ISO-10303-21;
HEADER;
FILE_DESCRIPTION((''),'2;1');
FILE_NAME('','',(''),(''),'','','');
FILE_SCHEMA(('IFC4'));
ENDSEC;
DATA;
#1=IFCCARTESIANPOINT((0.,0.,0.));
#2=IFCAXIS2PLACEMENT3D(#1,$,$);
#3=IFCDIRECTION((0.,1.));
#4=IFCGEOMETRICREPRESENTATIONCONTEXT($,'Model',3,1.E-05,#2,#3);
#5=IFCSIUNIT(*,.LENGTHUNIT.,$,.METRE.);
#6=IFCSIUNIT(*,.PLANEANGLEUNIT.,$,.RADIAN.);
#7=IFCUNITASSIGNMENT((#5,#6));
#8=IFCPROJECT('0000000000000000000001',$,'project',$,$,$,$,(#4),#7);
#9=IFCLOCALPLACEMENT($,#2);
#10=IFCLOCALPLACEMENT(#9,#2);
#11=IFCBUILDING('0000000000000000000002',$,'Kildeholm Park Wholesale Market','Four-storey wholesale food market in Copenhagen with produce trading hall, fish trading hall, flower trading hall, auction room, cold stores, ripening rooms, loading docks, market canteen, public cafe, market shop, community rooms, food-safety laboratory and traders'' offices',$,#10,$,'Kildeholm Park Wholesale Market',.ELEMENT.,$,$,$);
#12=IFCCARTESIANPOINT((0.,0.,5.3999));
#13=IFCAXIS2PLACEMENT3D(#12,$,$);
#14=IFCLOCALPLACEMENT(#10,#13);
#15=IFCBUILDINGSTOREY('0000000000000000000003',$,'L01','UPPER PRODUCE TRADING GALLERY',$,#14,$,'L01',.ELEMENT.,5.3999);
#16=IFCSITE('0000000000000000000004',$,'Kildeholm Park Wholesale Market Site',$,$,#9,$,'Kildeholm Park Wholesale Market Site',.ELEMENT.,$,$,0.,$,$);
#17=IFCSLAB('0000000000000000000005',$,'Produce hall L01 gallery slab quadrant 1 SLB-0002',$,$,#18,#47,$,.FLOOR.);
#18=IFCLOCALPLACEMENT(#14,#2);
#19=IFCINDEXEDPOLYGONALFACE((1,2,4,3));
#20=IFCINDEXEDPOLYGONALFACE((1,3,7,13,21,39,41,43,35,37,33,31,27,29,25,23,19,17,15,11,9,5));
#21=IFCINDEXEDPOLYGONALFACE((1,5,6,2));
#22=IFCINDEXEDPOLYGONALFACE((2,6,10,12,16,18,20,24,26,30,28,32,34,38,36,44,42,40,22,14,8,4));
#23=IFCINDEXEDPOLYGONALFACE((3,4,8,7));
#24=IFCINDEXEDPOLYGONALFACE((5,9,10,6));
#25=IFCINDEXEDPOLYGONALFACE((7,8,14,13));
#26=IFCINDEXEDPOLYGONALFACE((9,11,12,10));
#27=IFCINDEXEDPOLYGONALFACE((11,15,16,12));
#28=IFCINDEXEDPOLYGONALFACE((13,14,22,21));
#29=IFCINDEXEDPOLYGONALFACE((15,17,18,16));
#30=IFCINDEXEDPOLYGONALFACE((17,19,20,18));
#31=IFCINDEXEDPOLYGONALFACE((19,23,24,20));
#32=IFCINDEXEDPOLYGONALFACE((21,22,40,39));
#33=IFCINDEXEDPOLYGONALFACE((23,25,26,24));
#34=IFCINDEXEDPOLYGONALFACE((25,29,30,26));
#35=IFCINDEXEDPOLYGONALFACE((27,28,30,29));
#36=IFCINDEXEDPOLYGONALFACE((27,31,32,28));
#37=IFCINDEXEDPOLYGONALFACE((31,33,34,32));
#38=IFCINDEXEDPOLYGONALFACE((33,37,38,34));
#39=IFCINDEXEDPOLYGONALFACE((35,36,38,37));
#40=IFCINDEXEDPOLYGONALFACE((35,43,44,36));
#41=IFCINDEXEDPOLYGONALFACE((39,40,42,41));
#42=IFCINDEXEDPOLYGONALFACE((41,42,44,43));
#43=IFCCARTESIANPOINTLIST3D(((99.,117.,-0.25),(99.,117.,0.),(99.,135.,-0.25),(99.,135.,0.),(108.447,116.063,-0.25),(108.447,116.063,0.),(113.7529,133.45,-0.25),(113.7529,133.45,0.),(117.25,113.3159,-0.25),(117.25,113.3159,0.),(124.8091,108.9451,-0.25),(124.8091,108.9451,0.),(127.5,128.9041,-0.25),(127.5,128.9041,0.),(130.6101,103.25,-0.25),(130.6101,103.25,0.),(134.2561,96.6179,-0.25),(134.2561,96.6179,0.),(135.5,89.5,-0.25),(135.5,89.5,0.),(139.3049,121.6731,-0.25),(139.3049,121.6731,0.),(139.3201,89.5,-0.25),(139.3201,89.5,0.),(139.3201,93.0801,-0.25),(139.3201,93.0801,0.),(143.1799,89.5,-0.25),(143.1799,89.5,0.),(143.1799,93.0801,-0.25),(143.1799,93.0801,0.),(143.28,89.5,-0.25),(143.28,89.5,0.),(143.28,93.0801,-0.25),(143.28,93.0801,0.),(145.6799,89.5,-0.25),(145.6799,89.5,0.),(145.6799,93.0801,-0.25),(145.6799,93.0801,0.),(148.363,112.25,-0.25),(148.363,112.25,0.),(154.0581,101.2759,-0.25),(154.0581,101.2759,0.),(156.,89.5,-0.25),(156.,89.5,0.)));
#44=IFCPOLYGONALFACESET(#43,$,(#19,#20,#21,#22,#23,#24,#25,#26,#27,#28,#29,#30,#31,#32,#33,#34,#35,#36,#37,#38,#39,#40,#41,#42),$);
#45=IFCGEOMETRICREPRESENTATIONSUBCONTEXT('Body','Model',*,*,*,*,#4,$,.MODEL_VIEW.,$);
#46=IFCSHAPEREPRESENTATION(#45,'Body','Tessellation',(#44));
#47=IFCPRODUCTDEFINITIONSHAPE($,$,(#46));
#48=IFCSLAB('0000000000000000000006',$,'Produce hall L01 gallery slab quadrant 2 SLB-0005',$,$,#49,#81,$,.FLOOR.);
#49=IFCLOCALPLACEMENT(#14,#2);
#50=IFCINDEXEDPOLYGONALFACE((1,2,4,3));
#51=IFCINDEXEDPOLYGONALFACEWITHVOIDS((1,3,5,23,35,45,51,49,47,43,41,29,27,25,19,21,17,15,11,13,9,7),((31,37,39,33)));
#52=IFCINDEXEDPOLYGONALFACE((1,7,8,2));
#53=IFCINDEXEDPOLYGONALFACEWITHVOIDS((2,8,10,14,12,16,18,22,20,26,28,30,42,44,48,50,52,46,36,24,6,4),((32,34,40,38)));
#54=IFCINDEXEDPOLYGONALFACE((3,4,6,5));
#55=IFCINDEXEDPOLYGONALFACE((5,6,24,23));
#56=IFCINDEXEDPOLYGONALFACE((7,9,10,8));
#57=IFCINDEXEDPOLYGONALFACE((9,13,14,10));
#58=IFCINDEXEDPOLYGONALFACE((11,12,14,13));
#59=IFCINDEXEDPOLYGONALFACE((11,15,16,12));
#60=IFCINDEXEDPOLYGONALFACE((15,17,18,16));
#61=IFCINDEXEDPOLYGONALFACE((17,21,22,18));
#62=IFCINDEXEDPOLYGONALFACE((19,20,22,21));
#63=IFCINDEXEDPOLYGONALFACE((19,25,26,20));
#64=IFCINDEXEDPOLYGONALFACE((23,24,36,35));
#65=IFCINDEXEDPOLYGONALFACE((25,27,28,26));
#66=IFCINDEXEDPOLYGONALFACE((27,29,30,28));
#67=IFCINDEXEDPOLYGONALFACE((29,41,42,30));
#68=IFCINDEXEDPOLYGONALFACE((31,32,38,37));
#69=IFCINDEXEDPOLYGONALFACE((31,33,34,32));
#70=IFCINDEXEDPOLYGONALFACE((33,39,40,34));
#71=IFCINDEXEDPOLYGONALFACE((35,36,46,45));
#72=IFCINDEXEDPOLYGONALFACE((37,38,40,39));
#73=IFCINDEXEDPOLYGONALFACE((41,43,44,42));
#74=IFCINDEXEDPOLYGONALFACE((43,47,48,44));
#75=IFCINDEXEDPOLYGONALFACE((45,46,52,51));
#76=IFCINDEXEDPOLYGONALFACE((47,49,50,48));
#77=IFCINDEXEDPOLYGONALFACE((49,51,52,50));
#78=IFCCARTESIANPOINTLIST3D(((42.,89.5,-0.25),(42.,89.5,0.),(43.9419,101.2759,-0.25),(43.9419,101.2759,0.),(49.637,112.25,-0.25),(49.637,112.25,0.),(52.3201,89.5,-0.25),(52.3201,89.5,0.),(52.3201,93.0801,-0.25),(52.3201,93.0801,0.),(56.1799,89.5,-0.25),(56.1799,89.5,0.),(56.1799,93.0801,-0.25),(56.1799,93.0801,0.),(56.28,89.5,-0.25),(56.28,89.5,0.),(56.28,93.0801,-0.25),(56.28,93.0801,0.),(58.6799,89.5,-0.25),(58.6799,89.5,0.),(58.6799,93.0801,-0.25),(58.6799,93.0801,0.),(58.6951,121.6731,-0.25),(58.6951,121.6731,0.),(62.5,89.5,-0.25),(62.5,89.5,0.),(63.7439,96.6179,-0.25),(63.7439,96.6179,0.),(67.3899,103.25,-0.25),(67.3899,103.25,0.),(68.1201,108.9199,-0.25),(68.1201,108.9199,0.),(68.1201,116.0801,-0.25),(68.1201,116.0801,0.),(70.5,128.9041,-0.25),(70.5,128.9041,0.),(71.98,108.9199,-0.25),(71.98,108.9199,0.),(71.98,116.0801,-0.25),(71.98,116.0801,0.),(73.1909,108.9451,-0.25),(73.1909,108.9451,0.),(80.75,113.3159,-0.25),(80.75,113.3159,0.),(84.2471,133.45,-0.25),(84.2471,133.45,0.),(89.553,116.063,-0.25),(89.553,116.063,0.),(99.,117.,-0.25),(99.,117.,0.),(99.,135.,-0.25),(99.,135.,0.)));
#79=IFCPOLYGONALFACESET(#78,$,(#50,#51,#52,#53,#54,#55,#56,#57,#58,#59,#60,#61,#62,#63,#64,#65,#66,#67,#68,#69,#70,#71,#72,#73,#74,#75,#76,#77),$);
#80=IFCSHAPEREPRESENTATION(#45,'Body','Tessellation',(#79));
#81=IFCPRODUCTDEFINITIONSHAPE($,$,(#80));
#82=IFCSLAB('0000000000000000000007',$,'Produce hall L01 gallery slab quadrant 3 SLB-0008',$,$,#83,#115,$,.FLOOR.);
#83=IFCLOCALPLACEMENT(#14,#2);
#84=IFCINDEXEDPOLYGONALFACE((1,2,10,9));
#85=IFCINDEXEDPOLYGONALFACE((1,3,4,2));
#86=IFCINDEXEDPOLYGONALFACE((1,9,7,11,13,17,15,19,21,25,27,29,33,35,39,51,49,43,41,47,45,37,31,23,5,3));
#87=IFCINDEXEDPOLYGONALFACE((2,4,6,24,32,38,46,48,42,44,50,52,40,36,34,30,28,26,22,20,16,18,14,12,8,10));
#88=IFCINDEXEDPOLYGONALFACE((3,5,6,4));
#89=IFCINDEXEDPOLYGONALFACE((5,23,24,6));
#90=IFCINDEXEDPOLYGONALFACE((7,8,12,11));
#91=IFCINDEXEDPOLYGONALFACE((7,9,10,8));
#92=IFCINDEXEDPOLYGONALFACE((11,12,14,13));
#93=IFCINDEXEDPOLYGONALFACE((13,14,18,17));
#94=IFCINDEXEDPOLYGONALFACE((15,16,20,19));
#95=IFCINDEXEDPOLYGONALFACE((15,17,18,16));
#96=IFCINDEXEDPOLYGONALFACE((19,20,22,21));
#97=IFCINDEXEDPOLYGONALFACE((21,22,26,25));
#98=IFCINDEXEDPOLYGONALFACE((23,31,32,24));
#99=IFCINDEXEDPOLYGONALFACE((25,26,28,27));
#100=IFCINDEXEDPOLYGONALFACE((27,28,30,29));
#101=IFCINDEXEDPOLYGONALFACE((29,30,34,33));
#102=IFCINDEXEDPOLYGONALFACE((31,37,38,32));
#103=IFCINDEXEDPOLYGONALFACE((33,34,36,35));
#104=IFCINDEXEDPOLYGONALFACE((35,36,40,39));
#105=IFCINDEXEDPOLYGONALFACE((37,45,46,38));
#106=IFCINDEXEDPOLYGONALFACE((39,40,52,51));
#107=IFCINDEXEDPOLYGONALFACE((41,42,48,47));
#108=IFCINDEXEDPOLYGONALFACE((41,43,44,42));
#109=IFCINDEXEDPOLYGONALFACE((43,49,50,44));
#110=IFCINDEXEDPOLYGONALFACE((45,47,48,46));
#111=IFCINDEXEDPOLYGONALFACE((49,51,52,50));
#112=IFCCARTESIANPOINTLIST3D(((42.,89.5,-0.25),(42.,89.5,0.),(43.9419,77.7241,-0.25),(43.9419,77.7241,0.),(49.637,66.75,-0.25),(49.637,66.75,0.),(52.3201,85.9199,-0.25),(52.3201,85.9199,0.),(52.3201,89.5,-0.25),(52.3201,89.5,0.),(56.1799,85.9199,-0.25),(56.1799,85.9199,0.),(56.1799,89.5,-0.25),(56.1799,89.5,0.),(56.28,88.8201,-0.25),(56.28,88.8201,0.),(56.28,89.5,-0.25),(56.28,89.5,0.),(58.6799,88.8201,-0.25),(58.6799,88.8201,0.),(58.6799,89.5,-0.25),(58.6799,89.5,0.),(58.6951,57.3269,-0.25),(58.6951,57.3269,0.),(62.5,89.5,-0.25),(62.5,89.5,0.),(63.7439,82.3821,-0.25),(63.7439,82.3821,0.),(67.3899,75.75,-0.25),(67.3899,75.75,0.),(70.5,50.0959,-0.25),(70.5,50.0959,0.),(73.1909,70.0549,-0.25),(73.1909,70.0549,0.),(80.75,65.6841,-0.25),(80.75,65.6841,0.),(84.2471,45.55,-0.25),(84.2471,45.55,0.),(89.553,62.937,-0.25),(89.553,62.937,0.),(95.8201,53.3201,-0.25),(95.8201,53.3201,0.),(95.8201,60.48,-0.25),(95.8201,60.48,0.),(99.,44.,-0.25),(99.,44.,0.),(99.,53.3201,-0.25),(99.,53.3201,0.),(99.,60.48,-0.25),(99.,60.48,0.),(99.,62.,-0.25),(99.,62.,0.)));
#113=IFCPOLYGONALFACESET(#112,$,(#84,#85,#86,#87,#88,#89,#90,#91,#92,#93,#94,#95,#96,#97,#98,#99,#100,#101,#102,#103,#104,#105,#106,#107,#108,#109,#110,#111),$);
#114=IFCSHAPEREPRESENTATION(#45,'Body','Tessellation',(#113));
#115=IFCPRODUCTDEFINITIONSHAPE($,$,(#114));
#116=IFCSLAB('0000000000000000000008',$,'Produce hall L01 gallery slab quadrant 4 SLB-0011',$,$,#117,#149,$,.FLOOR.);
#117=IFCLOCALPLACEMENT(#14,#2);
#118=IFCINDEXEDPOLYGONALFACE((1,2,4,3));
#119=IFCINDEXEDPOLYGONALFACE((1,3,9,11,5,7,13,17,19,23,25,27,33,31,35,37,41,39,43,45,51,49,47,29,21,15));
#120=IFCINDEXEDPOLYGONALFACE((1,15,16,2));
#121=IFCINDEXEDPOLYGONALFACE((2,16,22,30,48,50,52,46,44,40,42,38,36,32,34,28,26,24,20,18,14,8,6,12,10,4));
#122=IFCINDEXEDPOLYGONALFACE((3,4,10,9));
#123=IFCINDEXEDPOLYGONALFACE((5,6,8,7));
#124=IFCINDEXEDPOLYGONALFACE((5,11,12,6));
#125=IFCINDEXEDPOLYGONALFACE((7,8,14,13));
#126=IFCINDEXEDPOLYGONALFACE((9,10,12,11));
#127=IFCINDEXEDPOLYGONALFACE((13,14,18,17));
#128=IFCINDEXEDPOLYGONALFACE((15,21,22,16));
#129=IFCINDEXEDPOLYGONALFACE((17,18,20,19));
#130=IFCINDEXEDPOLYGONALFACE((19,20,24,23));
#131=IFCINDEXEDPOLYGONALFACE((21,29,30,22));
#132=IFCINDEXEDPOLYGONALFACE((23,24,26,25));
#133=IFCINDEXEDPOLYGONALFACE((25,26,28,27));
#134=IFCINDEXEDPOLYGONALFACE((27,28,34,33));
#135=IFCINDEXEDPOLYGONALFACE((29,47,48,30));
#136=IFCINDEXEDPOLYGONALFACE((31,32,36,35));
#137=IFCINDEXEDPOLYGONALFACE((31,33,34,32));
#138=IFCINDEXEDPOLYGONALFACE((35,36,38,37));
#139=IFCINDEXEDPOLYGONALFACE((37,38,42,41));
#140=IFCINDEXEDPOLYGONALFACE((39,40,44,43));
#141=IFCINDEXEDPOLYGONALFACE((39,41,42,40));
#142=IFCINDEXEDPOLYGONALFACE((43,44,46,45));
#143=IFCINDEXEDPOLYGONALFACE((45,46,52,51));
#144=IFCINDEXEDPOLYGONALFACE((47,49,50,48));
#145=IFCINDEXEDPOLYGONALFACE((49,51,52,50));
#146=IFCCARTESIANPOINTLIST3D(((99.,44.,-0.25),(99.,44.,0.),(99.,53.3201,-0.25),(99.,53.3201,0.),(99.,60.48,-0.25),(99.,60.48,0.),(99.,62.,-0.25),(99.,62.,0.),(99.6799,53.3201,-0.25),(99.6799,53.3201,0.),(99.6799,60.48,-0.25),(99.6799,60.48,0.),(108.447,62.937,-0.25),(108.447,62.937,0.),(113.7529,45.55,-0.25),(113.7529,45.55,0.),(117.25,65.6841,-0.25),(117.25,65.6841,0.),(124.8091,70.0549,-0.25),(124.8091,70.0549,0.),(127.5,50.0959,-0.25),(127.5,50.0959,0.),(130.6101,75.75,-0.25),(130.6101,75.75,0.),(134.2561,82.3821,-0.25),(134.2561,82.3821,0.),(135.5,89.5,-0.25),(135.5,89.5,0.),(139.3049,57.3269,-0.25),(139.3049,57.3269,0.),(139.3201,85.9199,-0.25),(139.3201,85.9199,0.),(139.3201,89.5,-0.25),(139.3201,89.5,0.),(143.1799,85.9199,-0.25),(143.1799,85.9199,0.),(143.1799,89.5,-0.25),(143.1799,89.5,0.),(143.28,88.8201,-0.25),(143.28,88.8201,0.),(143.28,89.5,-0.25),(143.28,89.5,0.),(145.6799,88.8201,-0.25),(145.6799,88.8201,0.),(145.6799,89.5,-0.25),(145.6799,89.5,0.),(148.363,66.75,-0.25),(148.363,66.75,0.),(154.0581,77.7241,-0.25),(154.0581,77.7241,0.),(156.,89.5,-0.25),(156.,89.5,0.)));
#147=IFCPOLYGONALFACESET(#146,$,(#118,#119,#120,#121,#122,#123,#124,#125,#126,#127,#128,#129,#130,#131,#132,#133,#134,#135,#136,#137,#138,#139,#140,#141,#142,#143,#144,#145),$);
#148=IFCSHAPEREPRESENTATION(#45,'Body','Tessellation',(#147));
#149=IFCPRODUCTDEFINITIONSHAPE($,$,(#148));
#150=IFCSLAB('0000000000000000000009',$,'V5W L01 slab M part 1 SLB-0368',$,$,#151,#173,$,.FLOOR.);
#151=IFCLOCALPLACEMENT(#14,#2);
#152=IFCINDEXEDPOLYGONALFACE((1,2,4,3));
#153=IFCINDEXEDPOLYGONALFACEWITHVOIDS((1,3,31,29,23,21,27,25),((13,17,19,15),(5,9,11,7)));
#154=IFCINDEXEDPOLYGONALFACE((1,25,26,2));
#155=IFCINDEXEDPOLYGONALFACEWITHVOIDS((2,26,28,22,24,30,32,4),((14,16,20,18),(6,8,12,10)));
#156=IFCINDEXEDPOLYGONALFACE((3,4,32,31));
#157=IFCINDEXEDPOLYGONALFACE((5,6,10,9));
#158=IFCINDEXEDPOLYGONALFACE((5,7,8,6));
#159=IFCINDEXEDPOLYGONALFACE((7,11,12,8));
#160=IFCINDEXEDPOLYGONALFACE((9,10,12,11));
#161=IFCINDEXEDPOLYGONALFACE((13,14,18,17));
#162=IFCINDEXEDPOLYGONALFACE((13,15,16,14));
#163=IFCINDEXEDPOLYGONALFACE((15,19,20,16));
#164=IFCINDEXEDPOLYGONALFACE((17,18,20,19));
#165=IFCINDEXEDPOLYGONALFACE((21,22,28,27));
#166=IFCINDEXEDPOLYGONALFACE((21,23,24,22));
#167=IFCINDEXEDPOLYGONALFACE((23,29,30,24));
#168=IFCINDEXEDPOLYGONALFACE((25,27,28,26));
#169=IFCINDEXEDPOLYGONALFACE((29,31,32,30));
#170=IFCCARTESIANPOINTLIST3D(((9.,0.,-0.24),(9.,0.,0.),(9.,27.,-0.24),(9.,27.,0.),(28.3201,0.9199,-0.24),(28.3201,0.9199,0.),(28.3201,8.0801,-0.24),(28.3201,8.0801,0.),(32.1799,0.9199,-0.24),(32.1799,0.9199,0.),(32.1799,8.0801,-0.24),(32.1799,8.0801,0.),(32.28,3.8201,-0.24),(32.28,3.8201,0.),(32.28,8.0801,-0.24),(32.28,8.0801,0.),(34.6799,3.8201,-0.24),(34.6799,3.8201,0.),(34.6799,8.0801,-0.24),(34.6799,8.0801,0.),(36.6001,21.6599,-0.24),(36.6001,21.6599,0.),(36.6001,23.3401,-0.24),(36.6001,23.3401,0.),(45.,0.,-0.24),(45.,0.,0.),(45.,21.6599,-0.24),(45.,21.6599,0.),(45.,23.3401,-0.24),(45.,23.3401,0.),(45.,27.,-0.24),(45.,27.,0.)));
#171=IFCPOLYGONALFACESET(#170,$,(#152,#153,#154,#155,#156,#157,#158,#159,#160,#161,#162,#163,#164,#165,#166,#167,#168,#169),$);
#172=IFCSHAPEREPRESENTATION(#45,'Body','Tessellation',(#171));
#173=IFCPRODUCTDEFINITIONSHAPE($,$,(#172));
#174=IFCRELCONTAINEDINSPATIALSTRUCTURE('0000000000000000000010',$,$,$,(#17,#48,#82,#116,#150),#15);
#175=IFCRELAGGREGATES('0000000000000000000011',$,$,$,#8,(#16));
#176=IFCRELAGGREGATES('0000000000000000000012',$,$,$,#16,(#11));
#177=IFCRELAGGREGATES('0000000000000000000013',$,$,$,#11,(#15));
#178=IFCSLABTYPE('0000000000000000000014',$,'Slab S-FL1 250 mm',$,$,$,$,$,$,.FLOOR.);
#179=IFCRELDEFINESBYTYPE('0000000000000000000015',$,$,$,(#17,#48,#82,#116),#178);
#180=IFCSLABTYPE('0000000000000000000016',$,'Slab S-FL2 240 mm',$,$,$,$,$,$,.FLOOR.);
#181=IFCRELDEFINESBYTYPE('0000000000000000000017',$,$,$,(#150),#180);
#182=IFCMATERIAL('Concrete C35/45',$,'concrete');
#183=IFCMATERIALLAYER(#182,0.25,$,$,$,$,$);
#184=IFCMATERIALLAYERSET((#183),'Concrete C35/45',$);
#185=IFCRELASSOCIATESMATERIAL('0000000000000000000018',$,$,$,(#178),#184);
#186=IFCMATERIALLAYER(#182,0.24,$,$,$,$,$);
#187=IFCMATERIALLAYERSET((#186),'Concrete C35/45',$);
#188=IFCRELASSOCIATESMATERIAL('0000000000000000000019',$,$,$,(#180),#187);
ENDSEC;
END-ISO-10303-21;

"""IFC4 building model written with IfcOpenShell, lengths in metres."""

from ifc_helpers import new_model, si_unit, direction, frame, origin, place, context, subcontext, project, spatial, polyline, outline, extrude, material, layer, layer_set, type_object, element, save


model = new_model("IFC4")

# Units and contexts
model_context = context("Model", 3, precision=1e-05, world=origin(), true_north=direction((0.0, 1.0)))
body_context = subcontext(model_context, "Body", "Model", "MODEL_VIEW")
ifc_project = project(units=[si_unit("LENGTHUNIT", "METRE"), si_unit("PLANEANGLEUNIT", "RADIAN")], contexts=[model_context])

# Site, building, storey
site_placement = place(None, origin())
site = spatial("IfcSite", under=ifc_project, at=site_placement, Name="Kildeholm Park Wholesale Market Site", LongName="Kildeholm Park Wholesale Market Site", CompositionType="ELEMENT", RefElevation=0.0)
building_placement = place(site_placement, origin())
building = spatial("IfcBuilding", under=site, at=building_placement, Name="Kildeholm Park Wholesale Market", Description="Four-storey wholesale food market in Copenhagen with produce trading hall, fish trading hall, flower trading hall, auction room, cold stores, ripening rooms, loading docks, market canteen, public cafe, market shop, community rooms, food-safety laboratory and traders' offices", LongName="Kildeholm Park Wholesale Market", CompositionType="ELEMENT")
storey_placement = place(building_placement, frame((0.0, 0.0, 5.3999)))
storey = spatial("IfcBuildingStorey", under=building, at=storey_placement, Name="L01", Description="UPPER PRODUCE TRADING GALLERY", LongName="L01", CompositionType="ELEMENT", Elevation=5.3999)

# Slabs
ifc_material_1 = material(Name="Concrete C35/45", Category="concrete")
ifc_layer_1 = layer(ifc_material_1, 0.25)
ifc_layer_set_1 = layer_set([ifc_layer_1], Name="Concrete C35/45")
slab_type_1 = type_object("IfcSlabType", Name="Slab S-FL1 250 mm", PredefinedType="FLOOR", material=ifc_layer_set_1)
slab_1_placement = place(storey_placement, frame((0.0, 0.0, -0.25)))
element("IfcSlab", 1, at=slab_1_placement, inside=storey, type_object=slab_type_1, Name="Produce hall L01 gallery slab quadrant 1 SLB-0002", PredefinedType="FLOOR", context=body_context, shape_type="SweptSolid", body=[
    extrude(outline(polyline([(135.5, 89.5), (134.2561, 96.6179), (130.6101, 103.25), (124.8091, 108.9451), (117.25, 113.3159), (108.447, 116.063), (99.0, 117.0), (99.0, 135.0), (113.7529, 133.45), (127.5, 128.9041), (139.3049, 121.6731), (148.363, 112.25), (154.0581, 101.2759), (156.0, 89.5), (145.6799, 89.5), (145.6799, 93.0801), (143.28, 93.0801), (143.28, 89.5), (143.1799, 89.5), (143.1799, 93.0801), (139.3201, 93.0801), (139.3201, 89.5), (135.5, 89.5)])), origin(), (0.0, 0.0, 1.0), 0.25),
])
slab_2_placement = place(storey_placement, frame((0.0, 0.0, -0.25)))
element("IfcSlab", 2, at=slab_2_placement, inside=storey, type_object=slab_type_1, Name="Produce hall L01 gallery slab quadrant 2 SLB-0005", PredefinedType="FLOOR", context=body_context, shape_type="SweptSolid", body=[
    extrude(outline(polyline([(42.0, 89.5), (43.9419, 101.2759), (49.637, 112.25), (58.6951, 121.6731), (70.5, 128.9041), (84.2471, 133.45), (99.0, 135.0), (99.0, 117.0), (89.553, 116.063), (80.75, 113.3159), (73.1909, 108.9451), (67.3899, 103.25), (63.7439, 96.6179), (62.5, 89.5), (58.6799, 89.5), (58.6799, 93.0801), (56.28, 93.0801), (56.28, 89.5), (56.1799, 89.5), (56.1799, 93.0801), (52.3201, 93.0801), (52.3201, 89.5), (42.0, 89.5)]), holes=[polyline([(71.98, 108.9199), (71.98, 116.0801), (68.1201, 116.0801), (68.1201, 108.9199), (71.98, 108.9199)])]), origin(), (0.0, 0.0, 1.0), 0.25),
])
slab_3_placement = place(storey_placement, frame((0.0, 0.0, -0.25)))
element("IfcSlab", 3, at=slab_3_placement, inside=storey, type_object=slab_type_1, Name="Produce hall L01 gallery slab quadrant 3 SLB-0008", PredefinedType="FLOOR", context=body_context, shape_type="SweptSolid", body=[
    extrude(outline(polyline([(99.0, 44.0), (84.2471, 45.55), (70.5, 50.0959), (58.6951, 57.3269), (49.637, 66.75), (43.9419, 77.7241), (42.0, 89.5), (52.3201, 89.5), (52.3201, 85.9199), (56.1799, 85.9199), (56.1799, 89.5), (56.28, 89.5), (56.28, 88.8201), (58.6799, 88.8201), (58.6799, 89.5), (62.5, 89.5), (63.7439, 82.3821), (67.3899, 75.75), (73.1909, 70.0549), (80.75, 65.6841), (89.553, 62.937), (99.0, 62.0), (99.0, 60.48), (95.8201, 60.48), (95.8201, 53.3201), (99.0, 53.3201), (99.0, 44.0)])), origin(), (0.0, 0.0, 1.0), 0.25),
])
slab_4_placement = place(storey_placement, frame((0.0, 0.0, -0.25)))
element("IfcSlab", 4, at=slab_4_placement, inside=storey, type_object=slab_type_1, Name="Produce hall L01 gallery slab quadrant 4 SLB-0011", PredefinedType="FLOOR", context=body_context, shape_type="SweptSolid", body=[
    extrude(outline(polyline([(156.0, 89.5), (154.0581, 77.7241), (148.363, 66.75), (139.3049, 57.3269), (127.5, 50.0959), (113.7529, 45.55), (99.0, 44.0), (99.0, 53.3201), (99.6799, 53.3201), (99.6799, 60.48), (99.0, 60.48), (99.0, 62.0), (108.447, 62.937), (117.25, 65.6841), (124.8091, 70.0549), (130.6101, 75.75), (134.2561, 82.3821), (135.5, 89.5), (139.3201, 89.5), (139.3201, 85.9199), (143.1799, 85.9199), (143.1799, 89.5), (143.28, 89.5), (143.28, 88.8201), (145.6799, 88.8201), (145.6799, 89.5), (156.0, 89.5)])), origin(), (0.0, 0.0, 1.0), 0.25),
])
ifc_layer_2 = layer(ifc_material_1, 0.24)
ifc_layer_set_2 = layer_set([ifc_layer_2], Name="Concrete C35/45")
slab_type_2 = type_object("IfcSlabType", Name="Slab S-FL2 240 mm", PredefinedType="FLOOR", material=ifc_layer_set_2)
slab_5_placement = place(storey_placement, frame((0.0, 0.0, -0.24)))
element("IfcSlab", 5, at=slab_5_placement, inside=storey, type_object=slab_type_2, Name="V5W L01 slab M part 1 SLB-0368", PredefinedType="FLOOR", context=body_context, shape_type="SweptSolid", body=[
    extrude(outline(polyline([(45.0, 0.0), (9.0, 0.0), (9.0, 27.0), (45.0, 27.0), (45.0, 23.3401), (36.6001, 23.3401), (36.6001, 21.6599), (45.0, 21.6599), (45.0, 0.0)]), holes=[polyline([(32.1799, 8.0801), (28.3201, 8.0801), (28.3201, 0.9199), (32.1799, 0.9199), (32.1799, 8.0801)]), polyline([(34.6799, 3.8201), (34.6799, 8.0801), (32.28, 8.0801), (32.28, 3.8201), (34.6799, 3.8201)])]), origin(), (0.0, 0.0, 1.0), 0.24),
])

save(model, "model.ifc")
